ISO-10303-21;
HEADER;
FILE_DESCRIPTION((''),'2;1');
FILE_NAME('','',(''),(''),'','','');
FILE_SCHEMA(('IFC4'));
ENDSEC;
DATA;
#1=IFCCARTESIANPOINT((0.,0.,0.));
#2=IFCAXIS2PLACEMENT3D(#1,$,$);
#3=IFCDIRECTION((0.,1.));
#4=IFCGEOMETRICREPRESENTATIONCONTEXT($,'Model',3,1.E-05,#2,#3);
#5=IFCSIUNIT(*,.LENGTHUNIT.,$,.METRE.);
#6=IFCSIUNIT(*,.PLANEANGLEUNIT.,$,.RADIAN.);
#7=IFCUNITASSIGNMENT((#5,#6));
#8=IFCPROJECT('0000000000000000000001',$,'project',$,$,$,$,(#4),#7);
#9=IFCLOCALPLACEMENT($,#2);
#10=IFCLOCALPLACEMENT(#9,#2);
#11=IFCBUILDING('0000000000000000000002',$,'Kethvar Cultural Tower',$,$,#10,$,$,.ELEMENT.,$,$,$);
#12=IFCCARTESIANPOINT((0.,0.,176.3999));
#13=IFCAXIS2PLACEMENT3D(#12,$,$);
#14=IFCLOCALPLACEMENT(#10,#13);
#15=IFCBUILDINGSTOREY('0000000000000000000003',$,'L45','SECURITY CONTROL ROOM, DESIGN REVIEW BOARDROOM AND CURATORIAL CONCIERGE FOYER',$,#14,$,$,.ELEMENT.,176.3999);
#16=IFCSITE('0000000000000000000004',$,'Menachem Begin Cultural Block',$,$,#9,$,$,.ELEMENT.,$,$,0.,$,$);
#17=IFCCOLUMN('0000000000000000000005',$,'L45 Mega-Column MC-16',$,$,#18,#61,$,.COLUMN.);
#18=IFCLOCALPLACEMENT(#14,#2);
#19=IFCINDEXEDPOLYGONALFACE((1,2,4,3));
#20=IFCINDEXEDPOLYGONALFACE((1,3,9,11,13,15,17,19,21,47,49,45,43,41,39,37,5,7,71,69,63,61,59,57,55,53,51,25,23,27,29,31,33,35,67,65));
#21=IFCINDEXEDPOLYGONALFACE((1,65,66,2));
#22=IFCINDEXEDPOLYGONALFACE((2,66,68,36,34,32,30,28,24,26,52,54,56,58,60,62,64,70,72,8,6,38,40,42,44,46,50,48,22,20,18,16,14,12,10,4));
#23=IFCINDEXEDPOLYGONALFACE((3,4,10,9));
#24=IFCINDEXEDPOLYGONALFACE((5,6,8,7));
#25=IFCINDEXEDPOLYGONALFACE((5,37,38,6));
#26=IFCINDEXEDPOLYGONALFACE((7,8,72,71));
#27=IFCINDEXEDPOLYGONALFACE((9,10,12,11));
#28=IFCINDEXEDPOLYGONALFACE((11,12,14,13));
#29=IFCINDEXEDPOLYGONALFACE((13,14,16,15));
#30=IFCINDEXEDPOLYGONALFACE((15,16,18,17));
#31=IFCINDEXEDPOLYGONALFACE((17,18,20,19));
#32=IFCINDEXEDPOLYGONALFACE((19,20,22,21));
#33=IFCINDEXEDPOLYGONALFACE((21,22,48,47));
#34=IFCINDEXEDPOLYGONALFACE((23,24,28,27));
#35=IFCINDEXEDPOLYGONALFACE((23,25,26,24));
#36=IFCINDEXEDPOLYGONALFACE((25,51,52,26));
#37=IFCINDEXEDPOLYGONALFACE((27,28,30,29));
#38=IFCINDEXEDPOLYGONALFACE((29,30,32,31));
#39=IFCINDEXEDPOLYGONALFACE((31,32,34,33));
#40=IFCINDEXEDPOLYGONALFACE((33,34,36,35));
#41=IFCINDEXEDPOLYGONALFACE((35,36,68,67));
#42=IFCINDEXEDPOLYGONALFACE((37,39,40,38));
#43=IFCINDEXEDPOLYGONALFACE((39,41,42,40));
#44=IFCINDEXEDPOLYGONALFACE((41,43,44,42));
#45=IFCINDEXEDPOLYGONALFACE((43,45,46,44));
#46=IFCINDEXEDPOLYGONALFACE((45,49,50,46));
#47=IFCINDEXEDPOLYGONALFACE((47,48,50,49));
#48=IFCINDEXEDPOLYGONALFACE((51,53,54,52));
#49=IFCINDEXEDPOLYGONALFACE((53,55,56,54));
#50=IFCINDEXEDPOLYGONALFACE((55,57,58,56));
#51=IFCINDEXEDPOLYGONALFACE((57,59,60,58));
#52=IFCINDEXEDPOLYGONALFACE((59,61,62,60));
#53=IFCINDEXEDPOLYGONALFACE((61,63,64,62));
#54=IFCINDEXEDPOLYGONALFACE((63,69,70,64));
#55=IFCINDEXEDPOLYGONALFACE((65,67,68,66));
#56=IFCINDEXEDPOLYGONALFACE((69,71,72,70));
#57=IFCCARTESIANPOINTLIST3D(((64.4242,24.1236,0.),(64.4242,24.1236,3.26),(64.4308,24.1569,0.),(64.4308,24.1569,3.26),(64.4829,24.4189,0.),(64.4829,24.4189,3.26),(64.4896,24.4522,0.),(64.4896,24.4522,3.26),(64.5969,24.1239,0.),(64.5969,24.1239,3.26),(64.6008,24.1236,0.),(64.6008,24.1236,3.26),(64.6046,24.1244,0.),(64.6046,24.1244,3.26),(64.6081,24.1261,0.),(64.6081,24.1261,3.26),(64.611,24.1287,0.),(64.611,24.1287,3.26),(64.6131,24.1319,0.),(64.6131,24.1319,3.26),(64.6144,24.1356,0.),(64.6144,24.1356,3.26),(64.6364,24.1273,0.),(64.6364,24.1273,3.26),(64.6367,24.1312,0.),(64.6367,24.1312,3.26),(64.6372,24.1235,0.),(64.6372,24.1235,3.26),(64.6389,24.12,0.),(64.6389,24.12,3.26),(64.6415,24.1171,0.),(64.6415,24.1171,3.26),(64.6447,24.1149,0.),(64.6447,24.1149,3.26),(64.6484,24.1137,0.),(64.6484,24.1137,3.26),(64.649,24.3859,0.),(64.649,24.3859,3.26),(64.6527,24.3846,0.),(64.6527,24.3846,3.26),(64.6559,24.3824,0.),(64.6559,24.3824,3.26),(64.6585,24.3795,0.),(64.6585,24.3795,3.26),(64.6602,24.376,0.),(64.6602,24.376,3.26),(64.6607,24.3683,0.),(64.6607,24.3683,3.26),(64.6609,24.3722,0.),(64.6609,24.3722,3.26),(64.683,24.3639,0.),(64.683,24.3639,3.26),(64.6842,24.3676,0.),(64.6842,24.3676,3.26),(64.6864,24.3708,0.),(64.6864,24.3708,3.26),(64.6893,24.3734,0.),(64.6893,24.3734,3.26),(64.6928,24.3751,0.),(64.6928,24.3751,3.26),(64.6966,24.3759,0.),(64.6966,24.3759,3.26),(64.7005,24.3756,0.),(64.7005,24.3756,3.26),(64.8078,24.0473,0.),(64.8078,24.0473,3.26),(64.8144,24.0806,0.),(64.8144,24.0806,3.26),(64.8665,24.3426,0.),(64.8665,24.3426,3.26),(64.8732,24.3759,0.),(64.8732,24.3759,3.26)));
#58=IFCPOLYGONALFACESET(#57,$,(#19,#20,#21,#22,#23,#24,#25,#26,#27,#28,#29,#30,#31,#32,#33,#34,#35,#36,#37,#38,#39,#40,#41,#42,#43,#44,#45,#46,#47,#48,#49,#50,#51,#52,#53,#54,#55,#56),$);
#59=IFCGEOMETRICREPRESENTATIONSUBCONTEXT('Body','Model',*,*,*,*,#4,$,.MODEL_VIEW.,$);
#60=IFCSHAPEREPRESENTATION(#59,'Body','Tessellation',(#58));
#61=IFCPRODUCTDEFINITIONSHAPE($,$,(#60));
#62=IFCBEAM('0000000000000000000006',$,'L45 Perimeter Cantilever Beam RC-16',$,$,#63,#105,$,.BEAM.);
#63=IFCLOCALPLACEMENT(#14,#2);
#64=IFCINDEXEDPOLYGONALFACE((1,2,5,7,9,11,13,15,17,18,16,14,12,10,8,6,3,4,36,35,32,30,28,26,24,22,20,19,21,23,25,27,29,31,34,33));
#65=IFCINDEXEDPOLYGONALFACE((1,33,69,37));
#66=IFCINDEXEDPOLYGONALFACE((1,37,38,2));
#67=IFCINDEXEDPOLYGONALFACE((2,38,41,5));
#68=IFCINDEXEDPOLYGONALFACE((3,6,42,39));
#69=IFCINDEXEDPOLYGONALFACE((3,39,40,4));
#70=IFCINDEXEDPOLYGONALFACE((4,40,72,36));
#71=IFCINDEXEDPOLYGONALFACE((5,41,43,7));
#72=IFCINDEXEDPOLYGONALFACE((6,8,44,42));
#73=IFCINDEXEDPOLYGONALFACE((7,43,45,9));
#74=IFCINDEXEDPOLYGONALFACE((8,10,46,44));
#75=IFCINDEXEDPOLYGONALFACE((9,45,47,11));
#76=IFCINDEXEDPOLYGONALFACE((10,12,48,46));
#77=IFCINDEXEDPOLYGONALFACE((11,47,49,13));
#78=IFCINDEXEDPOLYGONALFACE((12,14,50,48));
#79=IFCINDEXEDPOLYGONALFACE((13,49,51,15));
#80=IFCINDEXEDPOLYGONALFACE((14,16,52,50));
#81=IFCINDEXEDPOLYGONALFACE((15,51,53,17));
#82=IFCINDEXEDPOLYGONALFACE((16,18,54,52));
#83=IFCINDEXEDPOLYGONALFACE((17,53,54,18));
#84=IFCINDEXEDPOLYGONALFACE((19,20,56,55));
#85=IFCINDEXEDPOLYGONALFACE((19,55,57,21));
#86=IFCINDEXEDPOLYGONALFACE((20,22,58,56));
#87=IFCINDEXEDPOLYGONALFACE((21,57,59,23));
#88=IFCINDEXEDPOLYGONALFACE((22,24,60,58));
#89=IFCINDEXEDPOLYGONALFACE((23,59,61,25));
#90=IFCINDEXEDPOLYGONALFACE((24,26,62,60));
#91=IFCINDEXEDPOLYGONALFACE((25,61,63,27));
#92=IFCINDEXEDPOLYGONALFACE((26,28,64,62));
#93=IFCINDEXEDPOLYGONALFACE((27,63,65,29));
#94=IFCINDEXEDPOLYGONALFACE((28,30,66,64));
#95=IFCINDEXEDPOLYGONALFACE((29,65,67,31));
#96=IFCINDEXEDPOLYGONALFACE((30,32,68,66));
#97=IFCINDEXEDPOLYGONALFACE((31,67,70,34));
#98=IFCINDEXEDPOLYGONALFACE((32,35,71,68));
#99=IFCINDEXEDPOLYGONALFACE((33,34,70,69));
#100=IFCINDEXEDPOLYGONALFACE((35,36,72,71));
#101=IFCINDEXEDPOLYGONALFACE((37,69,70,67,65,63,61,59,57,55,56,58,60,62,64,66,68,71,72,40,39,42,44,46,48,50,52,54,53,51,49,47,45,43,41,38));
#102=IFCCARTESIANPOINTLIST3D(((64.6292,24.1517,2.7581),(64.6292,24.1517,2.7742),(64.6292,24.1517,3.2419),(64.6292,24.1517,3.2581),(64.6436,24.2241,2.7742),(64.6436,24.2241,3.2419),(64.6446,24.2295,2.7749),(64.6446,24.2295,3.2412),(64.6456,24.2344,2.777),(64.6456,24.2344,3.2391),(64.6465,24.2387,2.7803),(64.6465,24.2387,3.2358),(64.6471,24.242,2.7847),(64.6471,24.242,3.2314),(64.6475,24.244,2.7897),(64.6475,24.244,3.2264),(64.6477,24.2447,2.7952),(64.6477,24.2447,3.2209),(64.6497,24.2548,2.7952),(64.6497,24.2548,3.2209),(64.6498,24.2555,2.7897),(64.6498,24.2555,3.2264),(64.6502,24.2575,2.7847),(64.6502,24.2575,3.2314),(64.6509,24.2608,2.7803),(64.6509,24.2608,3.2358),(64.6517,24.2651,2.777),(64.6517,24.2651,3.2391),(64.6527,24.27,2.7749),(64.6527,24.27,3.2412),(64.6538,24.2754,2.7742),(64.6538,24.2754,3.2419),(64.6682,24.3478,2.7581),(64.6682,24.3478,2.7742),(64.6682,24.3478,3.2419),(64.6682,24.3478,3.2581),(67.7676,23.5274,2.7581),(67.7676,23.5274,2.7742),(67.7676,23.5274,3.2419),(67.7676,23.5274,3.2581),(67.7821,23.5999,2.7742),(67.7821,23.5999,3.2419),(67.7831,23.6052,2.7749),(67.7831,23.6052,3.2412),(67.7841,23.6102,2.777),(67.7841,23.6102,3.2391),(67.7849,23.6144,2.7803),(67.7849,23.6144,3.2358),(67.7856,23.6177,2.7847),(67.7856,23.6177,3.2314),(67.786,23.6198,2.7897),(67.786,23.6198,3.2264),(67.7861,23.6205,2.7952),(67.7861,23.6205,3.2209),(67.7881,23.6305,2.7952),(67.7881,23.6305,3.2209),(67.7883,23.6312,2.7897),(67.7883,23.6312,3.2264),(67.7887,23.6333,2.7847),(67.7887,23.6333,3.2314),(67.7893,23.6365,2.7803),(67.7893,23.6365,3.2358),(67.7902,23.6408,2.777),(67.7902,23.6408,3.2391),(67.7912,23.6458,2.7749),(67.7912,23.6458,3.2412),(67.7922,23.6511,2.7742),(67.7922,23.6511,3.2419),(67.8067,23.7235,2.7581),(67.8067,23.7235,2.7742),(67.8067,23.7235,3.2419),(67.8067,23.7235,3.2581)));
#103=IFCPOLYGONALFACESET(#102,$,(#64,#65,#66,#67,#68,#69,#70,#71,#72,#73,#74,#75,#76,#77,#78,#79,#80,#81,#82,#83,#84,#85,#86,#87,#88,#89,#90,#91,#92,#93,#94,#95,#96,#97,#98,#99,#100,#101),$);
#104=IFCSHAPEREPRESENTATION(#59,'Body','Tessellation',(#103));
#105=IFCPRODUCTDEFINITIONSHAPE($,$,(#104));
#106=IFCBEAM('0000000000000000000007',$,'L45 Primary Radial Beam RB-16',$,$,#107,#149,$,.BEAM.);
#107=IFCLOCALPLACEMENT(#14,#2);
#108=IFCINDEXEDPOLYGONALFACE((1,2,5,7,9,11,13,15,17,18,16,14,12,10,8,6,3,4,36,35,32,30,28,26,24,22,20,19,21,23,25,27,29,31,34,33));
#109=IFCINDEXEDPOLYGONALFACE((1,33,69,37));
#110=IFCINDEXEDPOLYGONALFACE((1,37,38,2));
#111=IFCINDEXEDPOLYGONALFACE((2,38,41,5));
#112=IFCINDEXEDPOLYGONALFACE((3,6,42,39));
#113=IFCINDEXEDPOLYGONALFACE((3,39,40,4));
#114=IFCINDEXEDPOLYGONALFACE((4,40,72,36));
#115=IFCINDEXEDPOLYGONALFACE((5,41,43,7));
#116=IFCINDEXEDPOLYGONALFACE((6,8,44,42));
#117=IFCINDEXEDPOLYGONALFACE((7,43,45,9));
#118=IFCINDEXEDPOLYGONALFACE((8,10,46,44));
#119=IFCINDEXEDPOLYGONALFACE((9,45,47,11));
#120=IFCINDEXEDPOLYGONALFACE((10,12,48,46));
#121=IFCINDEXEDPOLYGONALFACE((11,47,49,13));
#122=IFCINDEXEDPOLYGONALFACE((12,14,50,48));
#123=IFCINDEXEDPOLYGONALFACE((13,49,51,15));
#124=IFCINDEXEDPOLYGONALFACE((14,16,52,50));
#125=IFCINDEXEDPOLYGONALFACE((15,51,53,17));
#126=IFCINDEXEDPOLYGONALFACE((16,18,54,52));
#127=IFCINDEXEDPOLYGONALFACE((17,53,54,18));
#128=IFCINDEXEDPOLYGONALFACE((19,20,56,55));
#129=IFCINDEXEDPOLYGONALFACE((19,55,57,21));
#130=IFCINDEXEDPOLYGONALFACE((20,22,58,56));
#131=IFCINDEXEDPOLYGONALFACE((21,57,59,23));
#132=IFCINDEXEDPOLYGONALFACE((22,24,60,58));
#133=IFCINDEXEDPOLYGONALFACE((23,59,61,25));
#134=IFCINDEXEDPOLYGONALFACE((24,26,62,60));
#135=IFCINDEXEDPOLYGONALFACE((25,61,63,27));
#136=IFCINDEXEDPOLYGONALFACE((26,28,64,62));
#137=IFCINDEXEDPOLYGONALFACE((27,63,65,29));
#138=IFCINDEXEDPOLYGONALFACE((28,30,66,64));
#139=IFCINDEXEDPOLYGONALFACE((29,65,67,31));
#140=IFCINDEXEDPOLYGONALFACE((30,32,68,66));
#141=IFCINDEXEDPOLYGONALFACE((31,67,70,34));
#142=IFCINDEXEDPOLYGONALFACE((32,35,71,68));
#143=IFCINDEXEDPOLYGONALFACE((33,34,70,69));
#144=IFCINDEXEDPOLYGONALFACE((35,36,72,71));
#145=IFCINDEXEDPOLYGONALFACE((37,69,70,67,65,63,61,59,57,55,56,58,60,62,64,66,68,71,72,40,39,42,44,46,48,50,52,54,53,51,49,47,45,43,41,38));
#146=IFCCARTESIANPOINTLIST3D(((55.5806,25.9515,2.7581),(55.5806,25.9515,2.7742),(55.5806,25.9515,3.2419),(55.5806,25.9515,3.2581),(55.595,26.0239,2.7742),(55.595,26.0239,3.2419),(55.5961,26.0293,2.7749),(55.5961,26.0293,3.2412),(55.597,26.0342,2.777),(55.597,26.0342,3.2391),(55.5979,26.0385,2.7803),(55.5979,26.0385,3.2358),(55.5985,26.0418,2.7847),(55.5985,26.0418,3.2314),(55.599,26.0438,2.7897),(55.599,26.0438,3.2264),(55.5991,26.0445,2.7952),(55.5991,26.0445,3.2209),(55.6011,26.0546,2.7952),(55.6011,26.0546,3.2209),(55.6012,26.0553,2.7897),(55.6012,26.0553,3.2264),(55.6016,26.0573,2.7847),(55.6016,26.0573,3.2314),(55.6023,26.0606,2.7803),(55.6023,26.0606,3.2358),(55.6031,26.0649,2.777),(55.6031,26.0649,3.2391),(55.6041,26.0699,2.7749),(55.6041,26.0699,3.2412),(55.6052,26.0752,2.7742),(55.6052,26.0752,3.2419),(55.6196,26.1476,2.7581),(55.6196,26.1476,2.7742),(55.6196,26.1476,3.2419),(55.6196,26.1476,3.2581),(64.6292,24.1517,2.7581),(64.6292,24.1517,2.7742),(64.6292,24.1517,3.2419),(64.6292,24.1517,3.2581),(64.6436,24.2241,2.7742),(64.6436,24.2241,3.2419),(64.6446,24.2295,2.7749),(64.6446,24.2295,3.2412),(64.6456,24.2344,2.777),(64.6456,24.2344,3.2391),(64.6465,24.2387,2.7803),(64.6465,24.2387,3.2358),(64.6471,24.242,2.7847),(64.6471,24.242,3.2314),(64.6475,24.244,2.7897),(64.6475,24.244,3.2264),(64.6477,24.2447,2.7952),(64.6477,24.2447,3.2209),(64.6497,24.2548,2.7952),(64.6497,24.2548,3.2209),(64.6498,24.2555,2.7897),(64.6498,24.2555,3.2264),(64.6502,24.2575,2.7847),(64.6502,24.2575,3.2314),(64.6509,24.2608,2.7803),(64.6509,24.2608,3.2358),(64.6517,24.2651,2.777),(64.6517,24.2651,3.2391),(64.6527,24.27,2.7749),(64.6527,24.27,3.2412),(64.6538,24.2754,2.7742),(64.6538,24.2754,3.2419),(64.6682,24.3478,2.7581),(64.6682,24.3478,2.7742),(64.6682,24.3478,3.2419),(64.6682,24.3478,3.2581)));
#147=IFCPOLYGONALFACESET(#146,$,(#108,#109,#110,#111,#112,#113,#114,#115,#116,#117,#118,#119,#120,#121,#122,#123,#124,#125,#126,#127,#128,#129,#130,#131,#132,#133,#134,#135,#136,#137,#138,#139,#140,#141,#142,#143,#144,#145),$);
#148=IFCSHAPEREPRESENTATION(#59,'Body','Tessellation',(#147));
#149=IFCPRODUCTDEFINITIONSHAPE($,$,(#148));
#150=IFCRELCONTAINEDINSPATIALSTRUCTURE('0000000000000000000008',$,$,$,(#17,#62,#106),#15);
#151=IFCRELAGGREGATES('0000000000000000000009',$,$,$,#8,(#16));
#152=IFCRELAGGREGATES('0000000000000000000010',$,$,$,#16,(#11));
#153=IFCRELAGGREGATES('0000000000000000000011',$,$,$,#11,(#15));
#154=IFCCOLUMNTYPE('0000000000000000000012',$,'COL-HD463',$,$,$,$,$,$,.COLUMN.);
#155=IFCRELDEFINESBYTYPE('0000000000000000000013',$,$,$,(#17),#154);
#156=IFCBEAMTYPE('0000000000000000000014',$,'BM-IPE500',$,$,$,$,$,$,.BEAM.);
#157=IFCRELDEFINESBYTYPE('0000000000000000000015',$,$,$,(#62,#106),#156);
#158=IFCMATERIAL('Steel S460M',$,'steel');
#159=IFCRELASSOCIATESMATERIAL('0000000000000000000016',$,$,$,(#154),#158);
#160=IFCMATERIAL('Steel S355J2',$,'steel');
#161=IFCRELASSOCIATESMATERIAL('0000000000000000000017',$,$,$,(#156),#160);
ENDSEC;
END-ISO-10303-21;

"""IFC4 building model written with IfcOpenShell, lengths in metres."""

from ifc_helpers import new_model, si_unit, direction, frame, origin, origin_2d, place, context, subcontext, project, spatial, i_section, extrude, source, transform, mapped, material, material_profile, profile_set, type_object, element, save


model = new_model("IFC4")

# Units and contexts
model_context = context("Model", 3, precision=1e-05, world=origin(), true_north=direction((0.0, 1.0)))
body_context = subcontext(model_context, "Body", "Model", "MODEL_VIEW")
ifc_project = project(units=[si_unit("LENGTHUNIT", "METRE"), si_unit("PLANEANGLEUNIT", "RADIAN")], contexts=[model_context])

# Site, building, storey
site_placement = place(None, origin())
site = spatial("IfcSite", under=ifc_project, at=site_placement, Name="Menachem Begin Cultural Block", CompositionType="ELEMENT", RefElevation=0.0)
building_placement = place(site_placement, origin())
building = spatial("IfcBuilding", under=site, at=building_placement, Name="Kethvar Cultural Tower", CompositionType="ELEMENT")
storey_placement = place(building_placement, frame((0.0, 0.0, 176.3999)))
storey = spatial("IfcBuildingStorey", under=building, at=storey_placement, Name="L45", Description="SECURITY CONTROL ROOM, DESIGN REVIEW BOARDROOM AND CURATORIAL CONCIERGE FOYER", CompositionType="ELEMENT", Elevation=176.3999)

# Column
ifc_material_1 = material(Name="Steel S460M", Category="steel")
ifc_material_profile_1 = material_profile(ifc_material_1, i_section(OverallWidth=0.3911, OverallDepth=0.335, WebThickness=0.0227, FlangeThickness=0.0339, FilletRadius=0.0149, at=origin_2d()), Name="Steel S460M — HD400x463")
ifc_profile_set_1 = profile_set([ifc_material_profile_1], Name="Steel S460M — HD400x463")
column_type = type_object("IfcColumnType", Name="COL-HD463", PredefinedType="COLUMN", material=ifc_profile_set_1)
shared_shape_1 = source(origin(), body_context, "Body", "SweptSolid", [
    extrude(i_section(OverallWidth=0.3911, OverallDepth=0.335, WebThickness=0.0227, FlangeThickness=0.0339, FilletRadius=0.0149, at=origin_2d()), origin(), (0.0, 0.0, 1.0), 3.26),
])
column_placement = place(storey_placement, frame((64.6487, 24.2498, 0.0), z_axis=(0.0, 0.0, 1.0), x_axis=(0.980785, -0.19509, 0.0)))
element("IfcColumn", 1, at=column_placement, inside=storey, type_object=column_type, Name="L45 Mega-Column MC-16", PredefinedType="COLUMN", context=body_context, shape_type="MappedRepresentation", body=[
    mapped(shared_shape_1, transform((0.0, 0.0, 0.0), scale=1.0)),
])

# Beams
ifc_material_2 = material(Name="Steel S355J2", Category="steel")
ifc_material_profile_2 = material_profile(ifc_material_2, i_section(OverallWidth=0.2, OverallDepth=0.5, WebThickness=0.0103, FlangeThickness=0.0161, FilletRadius=0.021, at=origin_2d()), Name="Steel S355J2 — IPE500")
ifc_profile_set_2 = profile_set([ifc_material_profile_2], Name="Steel S355J2 — IPE500")
beam_type_1 = type_object("IfcBeamType", Name="BM-IPE500", PredefinedType="BEAM", material=ifc_profile_set_2)
shared_shape_2 = source(origin(), body_context, "Body", "SweptSolid", [
    extrude(i_section(OverallWidth=0.2, OverallDepth=0.5, WebThickness=0.0103, FlangeThickness=0.0161, FilletRadius=0.021, at=origin_2d()), origin(), (0.0, 0.0, 1.0), 3.2),
])
beam_1_placement = place(storey_placement, frame((64.6487, 24.2498, 3.0081), z_axis=(0.980786, -0.195089, 0.0), x_axis=(0.195089, 0.980786, 0.0)))
element("IfcBeam", 2, at=beam_1_placement, inside=storey, type_object=beam_type_1, Name="L45 Perimeter Cantilever Beam RC-16", PredefinedType="BEAM", context=body_context, shape_type="MappedRepresentation", body=[
    mapped(shared_shape_2, transform((0.0, 0.0, 0.0), scale=1.0)),
])
shared_shape_3 = source(origin(), body_context, "Body", "SweptSolid", [
    extrude(i_section(OverallWidth=0.2, OverallDepth=0.5, WebThickness=0.0103, FlangeThickness=0.0161, FilletRadius=0.021, at=origin_2d()), origin(), (0.0, 0.0, 1.0), 9.2258),
])
beam_2_placement = place(storey_placement, frame((55.6001, 26.0496, 3.0081), z_axis=(0.980787, -0.195083, 0.0), x_axis=(0.195083, 0.980787, 0.0)))
element("IfcBeam", 3, at=beam_2_placement, inside=storey, type_object=beam_type_1, Name="L45 Primary Radial Beam RB-16", PredefinedType="BEAM", context=body_context, shape_type="MappedRepresentation", body=[
    mapped(shared_shape_3, transform((0.0, 0.0, 0.0), scale=1.0)),
])

save(model, "model.ifc")
